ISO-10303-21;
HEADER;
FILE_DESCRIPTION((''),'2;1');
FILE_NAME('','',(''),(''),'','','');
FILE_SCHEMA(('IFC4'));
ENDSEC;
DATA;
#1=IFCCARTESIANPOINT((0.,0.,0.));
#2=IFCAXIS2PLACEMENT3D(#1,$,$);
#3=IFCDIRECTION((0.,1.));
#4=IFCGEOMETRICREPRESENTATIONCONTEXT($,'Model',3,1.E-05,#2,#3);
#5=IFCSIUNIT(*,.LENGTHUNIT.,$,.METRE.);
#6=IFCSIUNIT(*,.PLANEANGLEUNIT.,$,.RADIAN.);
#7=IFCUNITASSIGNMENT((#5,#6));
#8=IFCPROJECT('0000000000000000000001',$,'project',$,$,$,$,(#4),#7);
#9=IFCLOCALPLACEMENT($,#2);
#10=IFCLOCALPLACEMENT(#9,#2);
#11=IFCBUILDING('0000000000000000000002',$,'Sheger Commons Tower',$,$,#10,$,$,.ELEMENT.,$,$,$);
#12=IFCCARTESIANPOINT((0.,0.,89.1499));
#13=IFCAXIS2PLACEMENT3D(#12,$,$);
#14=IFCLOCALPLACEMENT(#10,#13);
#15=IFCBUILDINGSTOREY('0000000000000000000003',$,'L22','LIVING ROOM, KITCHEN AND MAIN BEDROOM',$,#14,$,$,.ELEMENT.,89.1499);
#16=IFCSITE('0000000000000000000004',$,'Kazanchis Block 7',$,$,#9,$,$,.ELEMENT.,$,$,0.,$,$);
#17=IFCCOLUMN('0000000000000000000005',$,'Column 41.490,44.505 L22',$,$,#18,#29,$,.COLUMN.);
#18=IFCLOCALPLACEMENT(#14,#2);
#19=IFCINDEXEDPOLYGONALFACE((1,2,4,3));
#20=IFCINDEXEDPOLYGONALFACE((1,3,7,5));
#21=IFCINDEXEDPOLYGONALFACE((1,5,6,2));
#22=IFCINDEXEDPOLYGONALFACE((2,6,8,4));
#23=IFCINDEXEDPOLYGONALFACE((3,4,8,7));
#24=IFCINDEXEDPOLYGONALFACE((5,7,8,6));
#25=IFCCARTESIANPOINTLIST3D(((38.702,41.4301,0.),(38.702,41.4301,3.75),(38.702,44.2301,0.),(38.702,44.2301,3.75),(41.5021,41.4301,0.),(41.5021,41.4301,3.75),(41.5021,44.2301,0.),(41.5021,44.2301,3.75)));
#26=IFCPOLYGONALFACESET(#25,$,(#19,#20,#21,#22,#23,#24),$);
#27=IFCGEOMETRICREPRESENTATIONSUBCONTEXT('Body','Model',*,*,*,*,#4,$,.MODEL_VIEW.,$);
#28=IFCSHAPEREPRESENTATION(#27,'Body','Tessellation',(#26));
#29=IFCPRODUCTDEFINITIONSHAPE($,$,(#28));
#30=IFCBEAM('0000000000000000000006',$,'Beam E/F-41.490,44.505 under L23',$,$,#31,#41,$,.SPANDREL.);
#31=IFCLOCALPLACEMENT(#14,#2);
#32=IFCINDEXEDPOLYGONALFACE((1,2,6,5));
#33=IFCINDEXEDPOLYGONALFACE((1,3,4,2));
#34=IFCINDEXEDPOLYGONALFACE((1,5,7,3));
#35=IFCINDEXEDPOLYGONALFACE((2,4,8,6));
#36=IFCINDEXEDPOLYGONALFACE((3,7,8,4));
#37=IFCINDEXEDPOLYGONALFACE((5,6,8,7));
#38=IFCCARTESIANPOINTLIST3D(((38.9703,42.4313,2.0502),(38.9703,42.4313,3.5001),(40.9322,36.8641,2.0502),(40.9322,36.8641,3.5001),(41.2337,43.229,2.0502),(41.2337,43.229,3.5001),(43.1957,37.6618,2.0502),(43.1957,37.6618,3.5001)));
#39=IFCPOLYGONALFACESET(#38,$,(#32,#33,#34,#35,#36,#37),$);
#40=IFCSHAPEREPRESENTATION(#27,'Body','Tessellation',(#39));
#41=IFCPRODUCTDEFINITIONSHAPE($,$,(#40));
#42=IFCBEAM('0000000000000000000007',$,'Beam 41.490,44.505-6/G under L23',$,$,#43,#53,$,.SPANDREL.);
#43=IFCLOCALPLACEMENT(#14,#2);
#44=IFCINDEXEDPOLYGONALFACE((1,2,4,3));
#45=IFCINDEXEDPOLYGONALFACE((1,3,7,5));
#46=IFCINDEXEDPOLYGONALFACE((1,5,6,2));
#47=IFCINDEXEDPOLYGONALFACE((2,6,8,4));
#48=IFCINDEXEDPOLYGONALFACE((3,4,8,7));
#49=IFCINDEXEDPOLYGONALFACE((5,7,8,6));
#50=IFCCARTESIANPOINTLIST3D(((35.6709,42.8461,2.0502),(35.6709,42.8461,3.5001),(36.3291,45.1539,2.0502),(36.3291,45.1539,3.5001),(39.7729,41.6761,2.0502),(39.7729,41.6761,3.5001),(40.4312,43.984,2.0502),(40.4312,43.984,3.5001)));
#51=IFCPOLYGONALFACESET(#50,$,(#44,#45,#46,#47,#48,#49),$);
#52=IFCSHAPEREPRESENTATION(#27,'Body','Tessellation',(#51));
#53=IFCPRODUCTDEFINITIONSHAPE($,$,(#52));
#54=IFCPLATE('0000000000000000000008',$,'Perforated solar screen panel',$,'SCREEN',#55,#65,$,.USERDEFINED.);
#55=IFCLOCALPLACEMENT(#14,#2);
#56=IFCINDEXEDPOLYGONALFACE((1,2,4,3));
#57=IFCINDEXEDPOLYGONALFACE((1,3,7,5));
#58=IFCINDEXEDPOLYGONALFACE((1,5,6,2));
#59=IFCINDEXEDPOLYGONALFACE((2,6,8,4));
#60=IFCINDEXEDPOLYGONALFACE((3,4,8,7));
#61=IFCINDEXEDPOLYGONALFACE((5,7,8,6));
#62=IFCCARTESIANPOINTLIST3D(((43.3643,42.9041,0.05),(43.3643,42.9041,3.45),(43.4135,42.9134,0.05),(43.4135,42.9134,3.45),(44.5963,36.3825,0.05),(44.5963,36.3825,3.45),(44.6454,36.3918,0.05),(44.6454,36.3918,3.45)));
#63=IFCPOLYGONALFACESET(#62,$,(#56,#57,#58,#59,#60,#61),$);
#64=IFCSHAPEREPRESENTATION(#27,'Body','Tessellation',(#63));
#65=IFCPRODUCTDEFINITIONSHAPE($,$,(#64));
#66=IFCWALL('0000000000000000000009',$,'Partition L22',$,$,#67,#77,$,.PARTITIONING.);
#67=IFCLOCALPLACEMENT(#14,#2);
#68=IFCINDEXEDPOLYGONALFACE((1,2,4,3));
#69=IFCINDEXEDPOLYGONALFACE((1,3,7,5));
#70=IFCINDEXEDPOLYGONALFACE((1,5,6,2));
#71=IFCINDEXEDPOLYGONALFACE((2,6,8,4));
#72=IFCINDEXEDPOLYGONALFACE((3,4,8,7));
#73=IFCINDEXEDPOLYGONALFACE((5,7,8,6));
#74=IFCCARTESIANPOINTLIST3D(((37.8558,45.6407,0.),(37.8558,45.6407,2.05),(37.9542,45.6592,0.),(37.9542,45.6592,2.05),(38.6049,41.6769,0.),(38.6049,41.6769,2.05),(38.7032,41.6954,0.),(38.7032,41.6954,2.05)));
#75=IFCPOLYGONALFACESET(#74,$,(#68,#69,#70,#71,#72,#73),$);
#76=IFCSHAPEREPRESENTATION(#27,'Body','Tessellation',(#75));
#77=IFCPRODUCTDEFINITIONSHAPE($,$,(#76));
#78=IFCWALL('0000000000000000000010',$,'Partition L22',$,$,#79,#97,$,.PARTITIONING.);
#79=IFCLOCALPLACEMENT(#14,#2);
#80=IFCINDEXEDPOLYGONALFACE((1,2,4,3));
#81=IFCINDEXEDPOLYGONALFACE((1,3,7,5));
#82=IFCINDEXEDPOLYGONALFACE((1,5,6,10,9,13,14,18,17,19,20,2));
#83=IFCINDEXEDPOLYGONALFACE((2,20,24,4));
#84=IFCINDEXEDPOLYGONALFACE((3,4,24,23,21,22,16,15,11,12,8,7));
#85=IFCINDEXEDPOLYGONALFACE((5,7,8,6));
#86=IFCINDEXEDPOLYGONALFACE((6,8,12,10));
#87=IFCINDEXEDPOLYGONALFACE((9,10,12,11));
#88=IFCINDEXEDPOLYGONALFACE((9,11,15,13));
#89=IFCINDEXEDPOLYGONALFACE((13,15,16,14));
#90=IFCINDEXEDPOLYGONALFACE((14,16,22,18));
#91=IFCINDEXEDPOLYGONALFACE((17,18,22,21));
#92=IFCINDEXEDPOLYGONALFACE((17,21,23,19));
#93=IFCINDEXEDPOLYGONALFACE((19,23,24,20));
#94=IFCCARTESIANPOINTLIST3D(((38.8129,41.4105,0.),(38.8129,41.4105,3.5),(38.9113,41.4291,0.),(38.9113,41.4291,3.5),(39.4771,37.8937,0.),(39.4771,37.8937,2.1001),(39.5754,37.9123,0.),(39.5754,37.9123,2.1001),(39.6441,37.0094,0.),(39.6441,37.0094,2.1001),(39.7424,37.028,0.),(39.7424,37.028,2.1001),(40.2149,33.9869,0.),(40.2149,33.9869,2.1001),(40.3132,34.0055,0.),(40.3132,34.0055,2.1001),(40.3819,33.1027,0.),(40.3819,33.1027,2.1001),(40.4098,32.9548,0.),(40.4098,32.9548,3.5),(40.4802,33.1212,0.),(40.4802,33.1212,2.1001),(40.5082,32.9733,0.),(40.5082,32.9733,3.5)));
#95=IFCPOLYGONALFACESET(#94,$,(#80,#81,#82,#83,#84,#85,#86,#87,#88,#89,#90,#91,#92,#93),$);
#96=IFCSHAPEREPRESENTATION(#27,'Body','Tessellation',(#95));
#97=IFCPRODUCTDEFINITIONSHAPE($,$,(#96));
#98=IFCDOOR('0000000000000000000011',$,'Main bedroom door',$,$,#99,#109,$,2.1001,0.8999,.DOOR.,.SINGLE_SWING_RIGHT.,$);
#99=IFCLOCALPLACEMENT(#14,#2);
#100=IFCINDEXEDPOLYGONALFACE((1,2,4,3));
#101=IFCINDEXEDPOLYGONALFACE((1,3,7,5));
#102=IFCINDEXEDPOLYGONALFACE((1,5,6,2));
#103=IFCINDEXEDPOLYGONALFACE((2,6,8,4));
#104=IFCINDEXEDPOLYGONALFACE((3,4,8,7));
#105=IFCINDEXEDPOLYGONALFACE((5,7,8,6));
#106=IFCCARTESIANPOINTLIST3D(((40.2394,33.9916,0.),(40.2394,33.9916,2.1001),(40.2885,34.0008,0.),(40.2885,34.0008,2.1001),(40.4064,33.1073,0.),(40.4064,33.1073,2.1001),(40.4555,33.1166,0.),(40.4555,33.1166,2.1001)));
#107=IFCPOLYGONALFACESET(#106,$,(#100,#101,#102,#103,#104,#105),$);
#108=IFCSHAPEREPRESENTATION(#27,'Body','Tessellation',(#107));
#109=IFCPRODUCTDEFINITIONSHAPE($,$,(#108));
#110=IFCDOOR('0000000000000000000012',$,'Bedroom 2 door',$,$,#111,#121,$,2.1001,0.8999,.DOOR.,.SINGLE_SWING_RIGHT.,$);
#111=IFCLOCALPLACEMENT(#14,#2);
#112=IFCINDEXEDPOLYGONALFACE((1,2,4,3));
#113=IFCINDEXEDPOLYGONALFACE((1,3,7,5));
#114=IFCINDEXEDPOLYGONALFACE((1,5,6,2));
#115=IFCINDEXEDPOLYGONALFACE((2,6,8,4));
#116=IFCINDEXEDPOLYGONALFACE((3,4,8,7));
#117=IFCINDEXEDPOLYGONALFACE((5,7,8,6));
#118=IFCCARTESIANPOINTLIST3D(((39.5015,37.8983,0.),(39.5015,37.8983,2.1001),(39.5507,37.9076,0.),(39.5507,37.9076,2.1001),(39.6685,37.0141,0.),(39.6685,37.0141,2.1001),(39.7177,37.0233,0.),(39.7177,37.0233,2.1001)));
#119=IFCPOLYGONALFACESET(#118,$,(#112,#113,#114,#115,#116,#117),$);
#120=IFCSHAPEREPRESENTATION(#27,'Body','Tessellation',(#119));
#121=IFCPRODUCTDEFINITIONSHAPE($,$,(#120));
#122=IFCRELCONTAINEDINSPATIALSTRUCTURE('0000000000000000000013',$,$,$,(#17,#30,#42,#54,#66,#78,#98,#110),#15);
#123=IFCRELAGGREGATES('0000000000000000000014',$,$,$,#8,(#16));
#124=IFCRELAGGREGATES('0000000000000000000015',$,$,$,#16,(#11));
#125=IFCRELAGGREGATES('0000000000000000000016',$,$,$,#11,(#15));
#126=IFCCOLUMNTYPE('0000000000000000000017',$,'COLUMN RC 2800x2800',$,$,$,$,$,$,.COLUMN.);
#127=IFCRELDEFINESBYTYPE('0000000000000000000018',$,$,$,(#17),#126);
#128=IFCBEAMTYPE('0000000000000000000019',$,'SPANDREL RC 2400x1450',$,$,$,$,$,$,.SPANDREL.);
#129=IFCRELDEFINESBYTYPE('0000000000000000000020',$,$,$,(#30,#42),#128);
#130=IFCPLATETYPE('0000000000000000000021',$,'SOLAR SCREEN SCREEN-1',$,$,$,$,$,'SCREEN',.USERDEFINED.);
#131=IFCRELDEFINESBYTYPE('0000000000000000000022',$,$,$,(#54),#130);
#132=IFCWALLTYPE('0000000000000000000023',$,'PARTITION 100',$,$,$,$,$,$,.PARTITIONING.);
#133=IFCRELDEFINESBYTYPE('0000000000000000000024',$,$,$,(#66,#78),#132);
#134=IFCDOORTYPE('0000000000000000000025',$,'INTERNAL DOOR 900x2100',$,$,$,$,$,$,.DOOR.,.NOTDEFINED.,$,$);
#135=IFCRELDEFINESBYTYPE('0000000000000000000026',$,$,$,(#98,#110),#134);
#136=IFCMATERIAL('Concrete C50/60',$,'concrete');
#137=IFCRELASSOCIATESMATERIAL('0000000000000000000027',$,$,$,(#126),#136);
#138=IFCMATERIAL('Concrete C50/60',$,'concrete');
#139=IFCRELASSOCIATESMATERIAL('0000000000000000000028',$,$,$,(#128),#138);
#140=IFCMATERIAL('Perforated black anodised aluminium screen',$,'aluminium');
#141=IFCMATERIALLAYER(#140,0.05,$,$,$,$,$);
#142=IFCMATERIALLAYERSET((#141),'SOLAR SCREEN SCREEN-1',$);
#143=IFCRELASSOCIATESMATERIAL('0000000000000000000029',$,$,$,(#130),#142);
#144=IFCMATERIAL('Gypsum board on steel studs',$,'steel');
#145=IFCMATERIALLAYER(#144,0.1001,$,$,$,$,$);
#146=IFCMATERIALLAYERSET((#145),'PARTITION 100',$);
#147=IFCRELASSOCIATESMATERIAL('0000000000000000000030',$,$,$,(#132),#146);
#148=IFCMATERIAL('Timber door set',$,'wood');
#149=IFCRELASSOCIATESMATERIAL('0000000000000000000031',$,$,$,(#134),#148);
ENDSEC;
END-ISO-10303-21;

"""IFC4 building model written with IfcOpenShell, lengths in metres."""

from ifc_helpers import new_model, si_unit, direction, frame, frame_2d, origin, origin_2d, place, context, subcontext, project, spatial, rectangle, extrude, material, layer, layer_set, material_profile, profile_set, type_object, element, fill, save


model = new_model("IFC4")

# Units and contexts
model_context = context("Model", 3, precision=1e-05, world=origin(), true_north=direction((0.0, 1.0)))
body_context = subcontext(model_context, "Body", "Model", "MODEL_VIEW")
ifc_project = project(units=[si_unit("LENGTHUNIT", "METRE"), si_unit("PLANEANGLEUNIT", "RADIAN")], contexts=[model_context])

# Site, building, storey
site_placement = place(None, origin())
site = spatial("IfcSite", under=ifc_project, at=site_placement, Name="Kazanchis Block 7", CompositionType="ELEMENT", RefElevation=0.0)
building_placement = place(site_placement, origin())
building = spatial("IfcBuilding", under=site, at=building_placement, Name="Sheger Commons Tower", CompositionType="ELEMENT")
storey_placement = place(building_placement, frame((0.0, 0.0, 89.1499)))
storey = spatial("IfcBuildingStorey", under=building, at=storey_placement, Name="L22", Description="LIVING ROOM, KITCHEN AND MAIN BEDROOM", CompositionType="ELEMENT", Elevation=89.1499)

# Column
ifc_material_1 = material(Name="Concrete C50/60", Category="concrete")
ifc_material_profile_1 = material_profile(ifc_material_1, rectangle(XDim=2.8, YDim=2.8, at=origin_2d()), Name="RC 2800x2800")
ifc_profile_set_1 = profile_set([ifc_material_profile_1], Name="Concrete C50/60")
column_type = type_object("IfcColumnType", Name="COLUMN RC 2800x2800", PredefinedType="COLUMN", material=ifc_profile_set_1)
column_placement = place(storey_placement, frame((40.1021, 42.8301, 0.0), z_axis=(0.0, 0.0, 1.0), x_axis=(1.0, 0.0, 0.0)))
element("IfcColumn", 1, at=column_placement, inside=storey, type_object=column_type, Name="Column 41.490,44.505 L22", PredefinedType="COLUMN", context=body_context, shape_type="SweptSolid", body=[
    extrude(rectangle(XDim=2.8, YDim=2.8, at=origin_2d()), origin(), (0.0, 0.0, 1.0), 3.75),
])

# Beams
ifc_material_2 = material(Name="Concrete C50/60", Category="concrete")
ifc_material_profile_2 = material_profile(ifc_material_2, rectangle(XDim=2.3999, YDim=1.45, at=origin_2d()), Name="RC 2400x1450")
ifc_profile_set_2 = profile_set([ifc_material_profile_2], Name="Concrete C50/60")
beam_type = type_object("IfcBeamType", Name="SPANDREL RC 2400x1450", PredefinedType="SPANDREL", material=ifc_profile_set_2)
beam_1_placement = place(storey_placement, frame((42.064, 37.2629, 2.7751), z_axis=(-0.332374, 0.943148, 0.0), x_axis=(-0.943148, -0.332374, 0.0)))
element("IfcBeam", 2, at=beam_1_placement, inside=storey, type_object=beam_type, Name="Beam E/F-41.490,44.505 under L23", PredefinedType="SPANDREL", context=body_context, shape_type="SweptSolid", body=[
    extrude(rectangle(XDim=2.3999, YDim=1.45, at=origin_2d()), origin(), (0.0, 0.0, 1.0), 5.9028),
])
beam_2_placement = place(storey_placement, frame((40.1021, 42.8301, 2.7751), z_axis=(-0.961653, 0.274268, 0.0), x_axis=(-0.274268, -0.961653, 0.0)))
element("IfcBeam", 3, at=beam_2_placement, inside=storey, type_object=beam_type, Name="Beam 41.490,44.505-6/G under L23", PredefinedType="SPANDREL", context=body_context, shape_type="SweptSolid", body=[
    extrude(rectangle(XDim=2.3999, YDim=1.45, at=origin_2d()), origin(), (0.0, 0.0, 1.0), 4.2656),
])

# Plate
ifc_material_3 = material(Name="Perforated black anodised aluminium screen", Category="aluminium")
ifc_layer_1 = layer(ifc_material_3, 0.05)
ifc_layer_set_1 = layer_set([ifc_layer_1], Name="SOLAR SCREEN SCREEN-1")
plate_type = type_object("IfcPlateType", Name="SOLAR SCREEN SCREEN-1", ElementType="SCREEN", PredefinedType="USERDEFINED", material=ifc_layer_set_1)
plate_placement = place(storey_placement, frame((44.0049, 39.6479, 0.05), z_axis=(0.0, 0.0, 1.0), x_axis=(-0.185615, 0.982623, 0.0)))
element("IfcPlate", 4, at=plate_placement, inside=storey, type_object=plate_type, Name="Perforated solar screen panel", ObjectType="SCREEN", PredefinedType="USERDEFINED", context=body_context, shape_type="SweptSolid", body=[
    extrude(rectangle(XDim=6.637, YDim=0.05, at=origin_2d()), origin(), (0.0, 0.0, 1.0), 3.3999),
])

# Wall
ifc_material_4 = material(Name="Gypsum board on steel studs", Category="steel")
ifc_layer_2 = layer(ifc_material_4, 0.1001)
ifc_layer_set_2 = layer_set([ifc_layer_2], Name="PARTITION 100")
wall_type = type_object("IfcWallType", Name="PARTITION 100", PredefinedType="PARTITIONING", material=ifc_layer_set_2)
wall_1_placement = place(storey_placement, frame((38.6541, 41.686, 0.0), z_axis=(0.0, 0.0, 1.0), x_axis=(-0.185677, 0.982611, 0.0)))
element("IfcWall", 5, at=wall_1_placement, inside=storey, type_object=wall_type, Name="Partition L22", PredefinedType="PARTITIONING", context=body_context, shape_type="SweptSolid", body=[
    extrude(rectangle(XDim=4.0339, YDim=0.1001, at=frame_2d((2.0171, 0.0))), origin(), (0.0, 0.0, 1.0), 2.05),
])

# Wall, openings, doors
wall_2_placement = place(storey_placement, frame((38.8621, 41.4199, 0.0), z_axis=(0.0, 0.0, 1.0), x_axis=(0.185575, -0.98263, 0.0)))
wall_2 = element("IfcWall", 6, at=wall_2_placement, inside=storey, type_object=wall_type, Name="Partition L22", PredefinedType="PARTITIONING", context=body_context, shape_type="SweptSolid", body=[
    extrude(rectangle(XDim=8.6052, YDim=0.1001, at=frame_2d((4.3027, 0.0))), origin(), (0.0, 0.0, 1.0), 3.5),
])
opening_1_placement = place(wall_2_placement, frame((7.5549, 0.0, 0.0)))
opening_1 = element("IfcOpeningElement", 7, at=opening_1_placement, cuts=wall_2, PredefinedType="OPENING", context=body_context, shape_type="SweptSolid", body=[
    extrude(rectangle(XDim=0.8999, YDim=2.1001, at=frame_2d((0.45, 1.05))), frame((0.0, 0.0601, 0.0), z_axis=(0.0, -1.0, 0.0), x_axis=(1.0, 0.0, 0.0)), (0.0, 0.0, 1.0), 0.1201),
])
opening_2_placement = place(wall_2_placement, frame((3.5791, 0.0, 0.0)))
opening_2 = element("IfcOpeningElement", 8, at=opening_2_placement, cuts=wall_2, PredefinedType="OPENING", context=body_context, shape_type="SweptSolid", body=[
    extrude(rectangle(XDim=0.8999, YDim=2.1001, at=frame_2d((0.45, 1.05))), frame((0.0, 0.0601, 0.0), z_axis=(0.0, -1.0, 0.0), x_axis=(1.0, 0.0, 0.0)), (0.0, 0.0, 1.0), 0.1201),
])
ifc_material_5 = material(Name="Timber door set", Category="wood")
door_type = type_object("IfcDoorType", Name="INTERNAL DOOR 900x2100", OperationType="NOTDEFINED", PredefinedType="DOOR", material=ifc_material_5)
door_1_placement = place(opening_1_placement, origin())
door_1 = element("IfcDoor", 9, at=door_1_placement, inside=storey, type_object=door_type, Name="Main bedroom door", OperationType="SINGLE_SWING_RIGHT", OverallHeight=2.1001, OverallWidth=0.8999, PredefinedType="DOOR", context=body_context, shape_type="SweptSolid", body=[
    extrude(rectangle(XDim=0.8999, YDim=2.1001, at=frame_2d((0.45, 1.05))), frame((0.0, 0.0249, 0.0), z_axis=(0.0, -1.0, 0.0), x_axis=(1.0, 0.0, 0.0)), (0.0, 0.0, 1.0), 0.05),
])
fill(opening_1, door_1)
door_2_placement = place(opening_2_placement, origin())
door_2 = element("IfcDoor", 10, at=door_2_placement, inside=storey, type_object=door_type, Name="Bedroom 2 door", OperationType="SINGLE_SWING_RIGHT", OverallHeight=2.1001, OverallWidth=0.8999, PredefinedType="DOOR", context=body_context, shape_type="SweptSolid", body=[
    extrude(rectangle(XDim=0.8999, YDim=2.1001, at=frame_2d((0.45, 1.05))), frame((0.0, 0.0249, 0.0), z_axis=(0.0, -1.0, 0.0), x_axis=(1.0, 0.0, 0.0)), (0.0, 0.0, 1.0), 0.05),
])
fill(opening_2, door_2)

save(model, "model.ifc")
